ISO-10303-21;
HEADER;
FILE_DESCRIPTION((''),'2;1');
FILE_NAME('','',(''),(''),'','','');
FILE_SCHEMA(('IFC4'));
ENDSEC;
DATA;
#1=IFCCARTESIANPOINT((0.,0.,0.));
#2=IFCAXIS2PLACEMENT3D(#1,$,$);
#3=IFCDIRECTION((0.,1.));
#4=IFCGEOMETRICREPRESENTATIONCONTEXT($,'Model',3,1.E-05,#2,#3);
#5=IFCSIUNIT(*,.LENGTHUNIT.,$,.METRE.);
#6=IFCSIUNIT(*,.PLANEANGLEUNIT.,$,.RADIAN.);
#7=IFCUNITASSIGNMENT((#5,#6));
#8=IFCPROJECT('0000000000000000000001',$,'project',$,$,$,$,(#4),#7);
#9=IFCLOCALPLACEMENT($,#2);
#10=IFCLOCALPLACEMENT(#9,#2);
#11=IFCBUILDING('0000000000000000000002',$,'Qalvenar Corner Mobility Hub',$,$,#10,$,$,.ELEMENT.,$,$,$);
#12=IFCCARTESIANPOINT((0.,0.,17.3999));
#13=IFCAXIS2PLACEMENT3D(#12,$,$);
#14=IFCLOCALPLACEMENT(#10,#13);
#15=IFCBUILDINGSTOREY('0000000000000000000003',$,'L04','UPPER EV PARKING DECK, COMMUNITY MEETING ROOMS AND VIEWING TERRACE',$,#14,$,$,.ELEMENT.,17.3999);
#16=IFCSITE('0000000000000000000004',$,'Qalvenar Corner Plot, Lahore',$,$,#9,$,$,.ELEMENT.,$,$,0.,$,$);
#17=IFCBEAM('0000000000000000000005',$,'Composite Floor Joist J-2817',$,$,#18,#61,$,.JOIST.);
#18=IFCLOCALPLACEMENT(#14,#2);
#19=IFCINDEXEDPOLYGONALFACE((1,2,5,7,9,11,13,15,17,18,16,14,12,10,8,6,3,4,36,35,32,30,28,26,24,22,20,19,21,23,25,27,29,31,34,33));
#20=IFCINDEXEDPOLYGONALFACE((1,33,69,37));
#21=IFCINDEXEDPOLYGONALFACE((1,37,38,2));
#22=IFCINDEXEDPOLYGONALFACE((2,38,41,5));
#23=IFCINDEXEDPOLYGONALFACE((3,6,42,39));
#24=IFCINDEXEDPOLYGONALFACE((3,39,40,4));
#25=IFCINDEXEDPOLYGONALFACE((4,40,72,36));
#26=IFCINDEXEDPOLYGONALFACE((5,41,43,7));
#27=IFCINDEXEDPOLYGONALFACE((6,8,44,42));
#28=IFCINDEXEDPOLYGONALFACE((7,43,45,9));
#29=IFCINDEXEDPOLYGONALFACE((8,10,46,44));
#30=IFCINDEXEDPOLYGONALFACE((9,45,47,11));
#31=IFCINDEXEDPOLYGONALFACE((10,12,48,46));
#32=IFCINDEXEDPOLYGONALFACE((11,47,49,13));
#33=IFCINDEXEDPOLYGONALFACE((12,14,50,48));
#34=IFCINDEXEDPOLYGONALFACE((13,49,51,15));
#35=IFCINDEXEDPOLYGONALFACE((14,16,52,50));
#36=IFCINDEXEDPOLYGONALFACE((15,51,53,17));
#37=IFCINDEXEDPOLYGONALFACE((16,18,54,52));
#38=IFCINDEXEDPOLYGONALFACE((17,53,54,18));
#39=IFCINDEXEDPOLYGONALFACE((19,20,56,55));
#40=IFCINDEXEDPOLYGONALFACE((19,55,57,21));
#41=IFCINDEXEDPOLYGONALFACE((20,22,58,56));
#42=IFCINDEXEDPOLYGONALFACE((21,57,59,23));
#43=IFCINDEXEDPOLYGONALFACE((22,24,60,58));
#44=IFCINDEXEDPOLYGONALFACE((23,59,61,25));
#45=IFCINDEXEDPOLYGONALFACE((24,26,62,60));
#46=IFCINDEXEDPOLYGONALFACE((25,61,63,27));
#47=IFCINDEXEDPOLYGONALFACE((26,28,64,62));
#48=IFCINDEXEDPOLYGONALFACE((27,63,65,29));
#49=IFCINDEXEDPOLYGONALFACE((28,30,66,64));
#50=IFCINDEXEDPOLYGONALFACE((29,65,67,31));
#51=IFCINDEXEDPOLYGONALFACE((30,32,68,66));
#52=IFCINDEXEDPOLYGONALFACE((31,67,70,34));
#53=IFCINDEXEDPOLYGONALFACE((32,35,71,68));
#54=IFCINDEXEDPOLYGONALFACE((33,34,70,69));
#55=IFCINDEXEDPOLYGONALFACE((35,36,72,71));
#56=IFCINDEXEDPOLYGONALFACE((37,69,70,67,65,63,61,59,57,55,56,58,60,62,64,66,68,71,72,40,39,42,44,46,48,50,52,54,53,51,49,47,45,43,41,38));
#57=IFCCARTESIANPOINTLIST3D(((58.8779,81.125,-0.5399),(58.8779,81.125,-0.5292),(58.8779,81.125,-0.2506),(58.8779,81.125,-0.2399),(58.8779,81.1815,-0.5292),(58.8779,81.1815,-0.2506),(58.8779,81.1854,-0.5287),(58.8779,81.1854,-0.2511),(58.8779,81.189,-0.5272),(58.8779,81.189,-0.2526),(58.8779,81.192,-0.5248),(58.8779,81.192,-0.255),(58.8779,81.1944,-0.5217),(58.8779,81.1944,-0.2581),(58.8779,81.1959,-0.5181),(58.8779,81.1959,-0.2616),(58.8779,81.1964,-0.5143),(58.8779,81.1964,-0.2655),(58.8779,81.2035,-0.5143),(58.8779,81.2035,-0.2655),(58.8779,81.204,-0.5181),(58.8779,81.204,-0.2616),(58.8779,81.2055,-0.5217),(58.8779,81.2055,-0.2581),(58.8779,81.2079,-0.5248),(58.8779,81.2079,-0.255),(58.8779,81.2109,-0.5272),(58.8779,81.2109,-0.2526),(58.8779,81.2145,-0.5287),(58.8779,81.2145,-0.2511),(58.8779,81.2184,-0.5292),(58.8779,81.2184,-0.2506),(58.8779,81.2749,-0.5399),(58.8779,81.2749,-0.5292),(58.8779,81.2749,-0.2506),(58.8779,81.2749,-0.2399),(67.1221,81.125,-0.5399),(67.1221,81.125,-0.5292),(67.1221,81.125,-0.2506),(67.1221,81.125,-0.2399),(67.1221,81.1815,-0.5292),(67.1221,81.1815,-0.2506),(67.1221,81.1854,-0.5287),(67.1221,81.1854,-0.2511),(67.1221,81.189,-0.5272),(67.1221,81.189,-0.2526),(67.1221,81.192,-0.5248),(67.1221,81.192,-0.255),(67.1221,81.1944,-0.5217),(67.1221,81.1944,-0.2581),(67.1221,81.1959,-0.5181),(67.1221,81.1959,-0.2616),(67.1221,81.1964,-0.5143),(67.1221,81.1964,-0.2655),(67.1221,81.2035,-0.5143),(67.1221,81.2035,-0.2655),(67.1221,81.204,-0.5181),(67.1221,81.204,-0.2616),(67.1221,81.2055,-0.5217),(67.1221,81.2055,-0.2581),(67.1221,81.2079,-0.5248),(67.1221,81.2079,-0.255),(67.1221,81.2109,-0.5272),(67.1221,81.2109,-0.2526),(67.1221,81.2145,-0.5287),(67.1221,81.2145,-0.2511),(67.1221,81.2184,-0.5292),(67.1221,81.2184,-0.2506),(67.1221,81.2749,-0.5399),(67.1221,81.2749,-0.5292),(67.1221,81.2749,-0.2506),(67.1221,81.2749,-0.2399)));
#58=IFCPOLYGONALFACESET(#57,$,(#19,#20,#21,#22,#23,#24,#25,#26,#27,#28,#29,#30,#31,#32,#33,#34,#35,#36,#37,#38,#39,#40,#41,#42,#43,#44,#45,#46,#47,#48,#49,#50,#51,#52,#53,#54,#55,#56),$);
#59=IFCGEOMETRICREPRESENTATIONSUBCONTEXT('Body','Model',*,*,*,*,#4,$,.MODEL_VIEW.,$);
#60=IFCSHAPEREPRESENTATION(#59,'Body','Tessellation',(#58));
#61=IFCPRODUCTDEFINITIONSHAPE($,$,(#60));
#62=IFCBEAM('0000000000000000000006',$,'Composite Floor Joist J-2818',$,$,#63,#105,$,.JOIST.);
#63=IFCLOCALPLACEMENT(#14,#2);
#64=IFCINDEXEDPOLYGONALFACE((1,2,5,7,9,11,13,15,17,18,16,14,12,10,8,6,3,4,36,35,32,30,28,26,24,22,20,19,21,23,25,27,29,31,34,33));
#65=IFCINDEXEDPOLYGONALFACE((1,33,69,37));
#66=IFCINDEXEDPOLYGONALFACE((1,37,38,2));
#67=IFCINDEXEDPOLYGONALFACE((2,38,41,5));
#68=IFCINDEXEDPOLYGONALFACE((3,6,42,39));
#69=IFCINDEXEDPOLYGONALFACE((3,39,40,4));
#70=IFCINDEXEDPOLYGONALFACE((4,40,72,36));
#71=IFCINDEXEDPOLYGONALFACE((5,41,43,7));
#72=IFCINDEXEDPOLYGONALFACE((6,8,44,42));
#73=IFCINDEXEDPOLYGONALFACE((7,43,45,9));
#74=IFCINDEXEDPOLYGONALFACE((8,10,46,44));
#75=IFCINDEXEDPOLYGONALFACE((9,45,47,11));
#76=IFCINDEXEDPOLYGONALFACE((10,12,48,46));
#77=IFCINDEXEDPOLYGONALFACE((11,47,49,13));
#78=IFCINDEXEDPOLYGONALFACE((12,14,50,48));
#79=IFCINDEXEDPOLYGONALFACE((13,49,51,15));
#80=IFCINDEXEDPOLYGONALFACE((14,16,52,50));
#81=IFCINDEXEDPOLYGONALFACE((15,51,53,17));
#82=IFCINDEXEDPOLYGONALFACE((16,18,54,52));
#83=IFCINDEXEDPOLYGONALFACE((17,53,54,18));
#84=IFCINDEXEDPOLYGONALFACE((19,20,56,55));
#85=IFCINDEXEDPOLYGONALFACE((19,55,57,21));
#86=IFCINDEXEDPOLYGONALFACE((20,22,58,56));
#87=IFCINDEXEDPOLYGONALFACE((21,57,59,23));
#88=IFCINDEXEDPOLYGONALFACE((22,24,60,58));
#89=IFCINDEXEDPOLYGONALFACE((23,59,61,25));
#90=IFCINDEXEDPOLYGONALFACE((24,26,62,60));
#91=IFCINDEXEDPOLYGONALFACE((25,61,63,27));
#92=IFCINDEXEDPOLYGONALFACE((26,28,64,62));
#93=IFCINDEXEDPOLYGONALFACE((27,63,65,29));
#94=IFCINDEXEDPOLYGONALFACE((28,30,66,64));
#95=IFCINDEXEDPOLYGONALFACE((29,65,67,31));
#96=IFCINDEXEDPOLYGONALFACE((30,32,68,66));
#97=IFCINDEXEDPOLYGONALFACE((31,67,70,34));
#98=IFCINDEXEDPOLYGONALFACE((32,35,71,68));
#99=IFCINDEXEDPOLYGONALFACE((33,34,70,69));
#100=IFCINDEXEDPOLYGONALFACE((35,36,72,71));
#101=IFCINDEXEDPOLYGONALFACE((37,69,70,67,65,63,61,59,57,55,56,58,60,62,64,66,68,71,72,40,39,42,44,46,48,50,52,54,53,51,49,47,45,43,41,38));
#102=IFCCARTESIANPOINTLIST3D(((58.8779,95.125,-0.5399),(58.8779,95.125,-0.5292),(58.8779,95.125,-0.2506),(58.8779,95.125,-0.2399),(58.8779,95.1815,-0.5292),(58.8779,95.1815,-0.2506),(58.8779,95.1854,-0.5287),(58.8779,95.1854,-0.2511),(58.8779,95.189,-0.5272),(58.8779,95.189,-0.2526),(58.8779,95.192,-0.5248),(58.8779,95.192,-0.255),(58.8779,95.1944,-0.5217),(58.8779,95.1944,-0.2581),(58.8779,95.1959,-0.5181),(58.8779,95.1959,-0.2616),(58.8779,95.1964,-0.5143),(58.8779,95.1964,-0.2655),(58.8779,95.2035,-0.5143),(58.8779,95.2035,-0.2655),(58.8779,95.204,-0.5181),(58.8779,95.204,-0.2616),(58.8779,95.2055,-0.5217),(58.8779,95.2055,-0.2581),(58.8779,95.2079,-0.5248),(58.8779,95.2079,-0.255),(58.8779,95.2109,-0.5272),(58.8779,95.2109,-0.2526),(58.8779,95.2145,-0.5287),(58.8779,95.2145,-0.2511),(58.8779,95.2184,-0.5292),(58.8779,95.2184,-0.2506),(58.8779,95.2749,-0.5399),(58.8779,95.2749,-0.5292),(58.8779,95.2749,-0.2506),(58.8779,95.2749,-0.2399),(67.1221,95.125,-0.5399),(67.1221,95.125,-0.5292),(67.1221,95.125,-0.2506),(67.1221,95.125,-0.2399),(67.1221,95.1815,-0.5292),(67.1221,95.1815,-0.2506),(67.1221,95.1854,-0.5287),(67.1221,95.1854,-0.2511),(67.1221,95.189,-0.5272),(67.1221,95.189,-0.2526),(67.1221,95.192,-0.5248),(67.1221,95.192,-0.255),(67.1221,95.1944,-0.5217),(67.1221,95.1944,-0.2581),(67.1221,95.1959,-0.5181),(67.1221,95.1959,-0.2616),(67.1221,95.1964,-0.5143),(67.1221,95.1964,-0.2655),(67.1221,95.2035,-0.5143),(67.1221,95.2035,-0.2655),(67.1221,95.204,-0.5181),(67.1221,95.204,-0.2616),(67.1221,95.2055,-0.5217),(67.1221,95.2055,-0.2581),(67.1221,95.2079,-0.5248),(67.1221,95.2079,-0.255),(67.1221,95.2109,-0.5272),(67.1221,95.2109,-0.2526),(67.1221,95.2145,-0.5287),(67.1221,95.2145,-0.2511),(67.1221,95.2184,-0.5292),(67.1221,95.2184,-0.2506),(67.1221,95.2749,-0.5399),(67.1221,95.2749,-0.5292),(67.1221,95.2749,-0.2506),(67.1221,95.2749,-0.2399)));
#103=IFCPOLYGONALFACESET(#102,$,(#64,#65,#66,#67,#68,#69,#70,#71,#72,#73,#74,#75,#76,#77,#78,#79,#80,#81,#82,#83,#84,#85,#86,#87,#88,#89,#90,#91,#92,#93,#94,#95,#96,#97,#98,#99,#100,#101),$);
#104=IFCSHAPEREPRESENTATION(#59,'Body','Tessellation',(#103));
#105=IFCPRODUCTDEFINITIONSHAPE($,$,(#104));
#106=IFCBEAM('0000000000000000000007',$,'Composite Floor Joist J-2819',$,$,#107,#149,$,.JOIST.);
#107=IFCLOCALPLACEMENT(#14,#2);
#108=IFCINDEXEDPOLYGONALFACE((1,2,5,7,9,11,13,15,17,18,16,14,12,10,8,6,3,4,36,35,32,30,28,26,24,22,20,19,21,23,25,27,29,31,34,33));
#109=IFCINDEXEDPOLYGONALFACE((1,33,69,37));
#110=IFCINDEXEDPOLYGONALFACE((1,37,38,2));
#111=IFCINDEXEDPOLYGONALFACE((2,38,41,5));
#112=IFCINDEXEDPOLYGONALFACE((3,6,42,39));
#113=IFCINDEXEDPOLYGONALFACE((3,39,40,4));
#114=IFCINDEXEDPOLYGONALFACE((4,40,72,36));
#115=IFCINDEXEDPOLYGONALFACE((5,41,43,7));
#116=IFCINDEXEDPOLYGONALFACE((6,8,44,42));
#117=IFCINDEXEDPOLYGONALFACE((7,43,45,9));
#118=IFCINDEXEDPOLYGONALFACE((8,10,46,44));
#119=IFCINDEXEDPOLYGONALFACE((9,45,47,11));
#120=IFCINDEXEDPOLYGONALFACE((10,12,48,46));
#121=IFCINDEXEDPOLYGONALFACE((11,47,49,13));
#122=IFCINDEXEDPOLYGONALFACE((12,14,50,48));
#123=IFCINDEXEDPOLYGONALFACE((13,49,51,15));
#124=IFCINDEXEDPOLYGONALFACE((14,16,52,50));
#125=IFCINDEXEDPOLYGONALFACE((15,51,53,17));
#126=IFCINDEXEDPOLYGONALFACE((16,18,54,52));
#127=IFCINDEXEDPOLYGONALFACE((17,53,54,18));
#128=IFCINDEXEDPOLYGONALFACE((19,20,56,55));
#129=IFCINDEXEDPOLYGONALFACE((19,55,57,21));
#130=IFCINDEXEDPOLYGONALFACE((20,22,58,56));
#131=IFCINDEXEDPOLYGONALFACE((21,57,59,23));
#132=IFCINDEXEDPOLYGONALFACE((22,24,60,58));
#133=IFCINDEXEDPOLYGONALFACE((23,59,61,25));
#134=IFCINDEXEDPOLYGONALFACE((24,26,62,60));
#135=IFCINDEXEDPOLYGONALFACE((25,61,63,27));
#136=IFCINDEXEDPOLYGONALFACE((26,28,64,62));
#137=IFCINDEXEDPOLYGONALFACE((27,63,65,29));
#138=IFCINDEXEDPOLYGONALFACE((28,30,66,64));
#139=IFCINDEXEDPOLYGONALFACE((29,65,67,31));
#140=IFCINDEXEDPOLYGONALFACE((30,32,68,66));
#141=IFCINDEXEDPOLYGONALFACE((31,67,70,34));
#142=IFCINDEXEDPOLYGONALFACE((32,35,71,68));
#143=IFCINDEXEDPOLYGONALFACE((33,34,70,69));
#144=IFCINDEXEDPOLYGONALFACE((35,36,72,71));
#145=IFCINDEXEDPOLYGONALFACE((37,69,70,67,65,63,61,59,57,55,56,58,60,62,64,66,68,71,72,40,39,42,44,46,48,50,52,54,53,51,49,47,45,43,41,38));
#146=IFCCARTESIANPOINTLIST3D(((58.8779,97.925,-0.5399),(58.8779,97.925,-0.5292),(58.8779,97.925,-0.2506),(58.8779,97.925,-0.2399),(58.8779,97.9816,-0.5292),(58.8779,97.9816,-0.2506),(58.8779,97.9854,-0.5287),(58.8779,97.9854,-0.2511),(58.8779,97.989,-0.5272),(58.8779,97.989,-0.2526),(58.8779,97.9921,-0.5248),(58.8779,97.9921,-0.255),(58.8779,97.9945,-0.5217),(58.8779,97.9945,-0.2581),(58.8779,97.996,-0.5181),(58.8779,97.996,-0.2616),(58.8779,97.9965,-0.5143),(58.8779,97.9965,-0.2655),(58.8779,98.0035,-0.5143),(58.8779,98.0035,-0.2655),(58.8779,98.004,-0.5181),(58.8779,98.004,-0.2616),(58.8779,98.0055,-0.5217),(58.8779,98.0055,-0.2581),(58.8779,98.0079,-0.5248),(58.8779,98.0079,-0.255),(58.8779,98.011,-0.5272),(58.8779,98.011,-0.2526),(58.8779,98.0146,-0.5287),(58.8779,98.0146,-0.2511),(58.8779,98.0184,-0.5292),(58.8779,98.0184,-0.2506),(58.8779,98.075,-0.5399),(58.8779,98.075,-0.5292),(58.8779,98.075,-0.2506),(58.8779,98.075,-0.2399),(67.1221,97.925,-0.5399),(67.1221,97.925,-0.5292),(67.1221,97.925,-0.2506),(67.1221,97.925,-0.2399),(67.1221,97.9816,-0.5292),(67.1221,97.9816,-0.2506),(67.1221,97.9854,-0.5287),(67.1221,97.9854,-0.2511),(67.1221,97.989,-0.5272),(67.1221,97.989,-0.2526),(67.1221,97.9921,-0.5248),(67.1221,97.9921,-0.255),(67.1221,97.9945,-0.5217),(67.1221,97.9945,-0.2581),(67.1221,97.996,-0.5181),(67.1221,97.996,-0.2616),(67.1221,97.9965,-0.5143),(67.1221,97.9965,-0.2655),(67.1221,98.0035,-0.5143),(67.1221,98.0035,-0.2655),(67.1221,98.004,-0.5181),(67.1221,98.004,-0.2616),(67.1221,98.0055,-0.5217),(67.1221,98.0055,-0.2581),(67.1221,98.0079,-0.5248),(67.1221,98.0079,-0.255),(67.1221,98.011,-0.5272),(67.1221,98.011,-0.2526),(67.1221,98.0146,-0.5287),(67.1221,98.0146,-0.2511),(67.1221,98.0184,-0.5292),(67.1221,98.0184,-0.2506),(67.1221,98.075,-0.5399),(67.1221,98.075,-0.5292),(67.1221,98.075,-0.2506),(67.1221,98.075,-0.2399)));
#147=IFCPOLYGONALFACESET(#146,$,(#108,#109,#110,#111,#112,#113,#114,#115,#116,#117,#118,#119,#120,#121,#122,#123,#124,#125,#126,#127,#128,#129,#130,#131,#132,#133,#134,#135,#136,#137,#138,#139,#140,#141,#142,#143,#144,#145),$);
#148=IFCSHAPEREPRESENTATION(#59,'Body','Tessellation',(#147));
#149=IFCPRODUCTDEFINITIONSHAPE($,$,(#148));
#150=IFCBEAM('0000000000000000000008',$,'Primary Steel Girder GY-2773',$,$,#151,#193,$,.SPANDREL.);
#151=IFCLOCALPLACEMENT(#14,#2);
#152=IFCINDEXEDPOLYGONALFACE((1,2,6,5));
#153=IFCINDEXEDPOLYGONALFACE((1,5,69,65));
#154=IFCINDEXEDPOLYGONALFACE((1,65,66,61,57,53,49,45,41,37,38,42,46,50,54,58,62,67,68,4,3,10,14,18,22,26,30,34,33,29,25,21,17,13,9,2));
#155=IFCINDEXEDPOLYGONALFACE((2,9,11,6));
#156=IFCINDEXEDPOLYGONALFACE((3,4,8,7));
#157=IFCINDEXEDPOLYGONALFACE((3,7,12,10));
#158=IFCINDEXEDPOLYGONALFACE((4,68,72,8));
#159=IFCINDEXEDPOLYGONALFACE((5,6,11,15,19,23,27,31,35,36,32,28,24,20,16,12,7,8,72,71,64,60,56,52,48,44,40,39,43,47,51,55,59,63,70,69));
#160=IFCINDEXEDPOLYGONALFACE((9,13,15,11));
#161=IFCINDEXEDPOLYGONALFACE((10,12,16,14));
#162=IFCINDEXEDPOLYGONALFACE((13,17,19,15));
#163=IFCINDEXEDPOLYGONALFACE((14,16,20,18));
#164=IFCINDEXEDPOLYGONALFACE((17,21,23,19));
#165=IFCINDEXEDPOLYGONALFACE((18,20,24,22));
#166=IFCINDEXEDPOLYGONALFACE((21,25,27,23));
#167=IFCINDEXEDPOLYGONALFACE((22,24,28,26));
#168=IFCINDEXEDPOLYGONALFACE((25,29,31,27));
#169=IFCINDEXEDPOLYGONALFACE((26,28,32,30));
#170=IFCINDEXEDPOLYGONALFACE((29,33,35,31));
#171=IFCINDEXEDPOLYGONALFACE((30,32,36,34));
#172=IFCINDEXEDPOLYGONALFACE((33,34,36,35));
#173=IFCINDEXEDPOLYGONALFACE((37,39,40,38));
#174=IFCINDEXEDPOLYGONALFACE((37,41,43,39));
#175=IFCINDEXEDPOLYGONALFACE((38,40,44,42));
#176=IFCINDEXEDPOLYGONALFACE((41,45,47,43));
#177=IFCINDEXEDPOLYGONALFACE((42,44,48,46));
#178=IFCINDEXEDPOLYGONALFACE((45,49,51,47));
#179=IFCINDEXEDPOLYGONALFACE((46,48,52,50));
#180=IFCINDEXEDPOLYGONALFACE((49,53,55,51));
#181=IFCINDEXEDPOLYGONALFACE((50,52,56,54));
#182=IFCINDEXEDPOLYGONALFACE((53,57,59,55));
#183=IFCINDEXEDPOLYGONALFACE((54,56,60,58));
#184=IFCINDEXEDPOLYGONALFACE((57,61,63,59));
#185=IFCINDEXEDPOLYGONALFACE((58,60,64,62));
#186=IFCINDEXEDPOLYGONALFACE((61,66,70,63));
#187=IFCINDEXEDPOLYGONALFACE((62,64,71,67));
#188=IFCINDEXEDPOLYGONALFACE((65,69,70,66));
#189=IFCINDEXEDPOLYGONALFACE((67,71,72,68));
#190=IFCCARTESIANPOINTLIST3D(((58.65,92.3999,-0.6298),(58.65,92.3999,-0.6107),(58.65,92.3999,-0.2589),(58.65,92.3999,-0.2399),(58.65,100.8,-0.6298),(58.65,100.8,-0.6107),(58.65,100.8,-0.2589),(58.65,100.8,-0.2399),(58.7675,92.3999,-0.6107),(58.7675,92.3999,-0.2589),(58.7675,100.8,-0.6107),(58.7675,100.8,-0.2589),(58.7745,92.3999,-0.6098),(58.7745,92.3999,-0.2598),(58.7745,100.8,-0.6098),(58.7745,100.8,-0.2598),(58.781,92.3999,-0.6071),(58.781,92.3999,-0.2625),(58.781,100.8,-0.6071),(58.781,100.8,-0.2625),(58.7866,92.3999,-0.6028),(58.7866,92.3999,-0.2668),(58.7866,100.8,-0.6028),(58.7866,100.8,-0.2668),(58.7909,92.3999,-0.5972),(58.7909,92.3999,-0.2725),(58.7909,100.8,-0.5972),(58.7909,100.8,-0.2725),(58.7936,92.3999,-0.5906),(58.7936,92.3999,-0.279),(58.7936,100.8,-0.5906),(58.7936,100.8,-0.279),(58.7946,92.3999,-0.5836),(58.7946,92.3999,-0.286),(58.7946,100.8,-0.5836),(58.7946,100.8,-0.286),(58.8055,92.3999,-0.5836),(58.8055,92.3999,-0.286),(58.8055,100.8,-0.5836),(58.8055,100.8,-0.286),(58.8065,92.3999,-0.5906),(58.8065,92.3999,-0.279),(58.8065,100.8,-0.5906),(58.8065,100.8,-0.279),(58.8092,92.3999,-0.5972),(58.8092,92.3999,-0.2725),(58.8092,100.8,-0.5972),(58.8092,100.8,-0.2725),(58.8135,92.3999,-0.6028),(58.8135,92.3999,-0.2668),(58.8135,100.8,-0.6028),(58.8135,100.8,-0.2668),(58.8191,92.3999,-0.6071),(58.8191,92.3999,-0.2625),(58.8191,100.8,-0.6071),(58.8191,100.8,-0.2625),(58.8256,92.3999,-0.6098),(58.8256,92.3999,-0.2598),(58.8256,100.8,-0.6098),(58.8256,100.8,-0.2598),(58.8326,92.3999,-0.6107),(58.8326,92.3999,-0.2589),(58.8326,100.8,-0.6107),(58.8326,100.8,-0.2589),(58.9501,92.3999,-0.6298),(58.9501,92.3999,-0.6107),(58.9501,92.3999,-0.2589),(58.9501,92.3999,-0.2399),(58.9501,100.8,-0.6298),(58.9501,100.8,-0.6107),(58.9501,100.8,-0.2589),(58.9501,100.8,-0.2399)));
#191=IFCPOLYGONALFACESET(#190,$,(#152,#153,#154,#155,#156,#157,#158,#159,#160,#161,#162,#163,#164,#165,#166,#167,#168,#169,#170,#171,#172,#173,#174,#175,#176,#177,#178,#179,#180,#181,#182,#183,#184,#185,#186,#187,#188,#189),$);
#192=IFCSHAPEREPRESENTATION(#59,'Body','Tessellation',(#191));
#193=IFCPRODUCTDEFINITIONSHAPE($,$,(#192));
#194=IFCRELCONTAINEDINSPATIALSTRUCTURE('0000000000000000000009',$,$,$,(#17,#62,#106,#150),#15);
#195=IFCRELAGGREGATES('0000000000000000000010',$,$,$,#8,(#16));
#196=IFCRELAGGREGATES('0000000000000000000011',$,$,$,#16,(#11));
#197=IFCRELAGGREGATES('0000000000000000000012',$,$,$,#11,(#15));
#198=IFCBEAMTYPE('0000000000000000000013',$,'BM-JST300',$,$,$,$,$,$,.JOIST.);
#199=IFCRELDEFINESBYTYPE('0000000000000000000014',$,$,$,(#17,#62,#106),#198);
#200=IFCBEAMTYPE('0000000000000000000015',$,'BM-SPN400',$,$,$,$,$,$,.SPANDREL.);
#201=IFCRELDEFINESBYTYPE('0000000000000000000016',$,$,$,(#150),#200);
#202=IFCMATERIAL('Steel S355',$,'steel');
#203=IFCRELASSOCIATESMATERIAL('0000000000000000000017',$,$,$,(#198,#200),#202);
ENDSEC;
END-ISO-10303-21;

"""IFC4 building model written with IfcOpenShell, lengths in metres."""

from ifc_helpers import new_model, si_unit, direction, frame, origin, origin_2d, place, context, subcontext, project, spatial, i_section, extrude, material, material_profile, profile_set, type_object, element, save


model = new_model("IFC4")

# Units and contexts
model_context = context("Model", 3, precision=1e-05, world=origin(), true_north=direction((0.0, 1.0)))
body_context = subcontext(model_context, "Body", "Model", "MODEL_VIEW")
ifc_project = project(units=[si_unit("LENGTHUNIT", "METRE"), si_unit("PLANEANGLEUNIT", "RADIAN")], contexts=[model_context])

# Site, building, storey
site_placement = place(None, origin())
site = spatial("IfcSite", under=ifc_project, at=site_placement, Name="Qalvenar Corner Plot, Lahore", CompositionType="ELEMENT", RefElevation=0.0)
building_placement = place(site_placement, origin())
building = spatial("IfcBuilding", under=site, at=building_placement, Name="Qalvenar Corner Mobility Hub", CompositionType="ELEMENT")
storey_placement = place(building_placement, frame((0.0, 0.0, 17.3999)))
storey = spatial("IfcBuildingStorey", under=building, at=storey_placement, Name="L04", Description="UPPER EV PARKING DECK, COMMUNITY MEETING ROOMS AND VIEWING TERRACE", CompositionType="ELEMENT", Elevation=17.3999)

# Shared definitions
ifc_material_1 = material(Name="Steel S355", Category="steel")

# Beams
ifc_material_profile_1 = material_profile(ifc_material_1, i_section(OverallWidth=0.1499, OverallDepth=0.3, WebThickness=0.0071, FlangeThickness=0.0107, FilletRadius=0.0149, at=origin_2d()), Name="IPE300")
ifc_profile_set_1 = profile_set([ifc_material_profile_1], Name="Steel S355")
beam_type_1 = type_object("IfcBeamType", Name="BM-JST300", PredefinedType="JOIST", material=ifc_profile_set_1)
for number, where, z_axis, x_axis, name in (
    (1, (58.8779, 81.2, -0.3899), (1.0, 0.0, 0.0), (0.0, 1.0, 0.0), "Composite Floor Joist J-2817"),
    (2, (58.8779, 95.2, -0.3899), (1.0, 0.0, 0.0), (0.0, 1.0, 0.0), "Composite Floor Joist J-2818"),
    (3, (58.8779, 98.0, -0.3899), (1.0, 0.0, 0.0), (0.0, 1.0, 0.0), "Composite Floor Joist J-2819"),
):
    element("IfcBeam", number, at=place(storey_placement, frame(where, z_axis=z_axis, x_axis=x_axis)), inside=storey, type_object=beam_type_1, Name=name, PredefinedType="JOIST", context=body_context, shape_type="SweptSolid", body=[
        extrude(i_section(OverallWidth=0.1499, OverallDepth=0.3, WebThickness=0.0071, FlangeThickness=0.0107, FilletRadius=0.0149, at=origin_2d()), origin(), (0.0, 0.0, 1.0), 8.2441),
    ])
ifc_material_profile_2 = material_profile(ifc_material_1, i_section(OverallWidth=0.3, OverallDepth=0.3899, WebThickness=0.011, FlangeThickness=0.019, FilletRadius=0.0271, at=origin_2d()), Name="HEA400")
ifc_profile_set_2 = profile_set([ifc_material_profile_2], Name="Steel S355")
beam_type_2 = type_object("IfcBeamType", Name="BM-SPN400", PredefinedType="SPANDREL", material=ifc_profile_set_2)
beam_1_placement = place(storey_placement, frame((58.8, 92.3999, -0.4348), z_axis=(0.0, 1.0, 0.0), x_axis=(-1.0, 0.0, 0.0)))
element("IfcBeam", 4, at=beam_1_placement, inside=storey, type_object=beam_type_2, Name="Primary Steel Girder GY-2773", PredefinedType="SPANDREL", context=body_context, shape_type="SweptSolid", body=[
    extrude(i_section(OverallWidth=0.3, OverallDepth=0.3899, WebThickness=0.011, FlangeThickness=0.019, FilletRadius=0.0271, at=origin_2d()), origin(), (0.0, 0.0, 1.0), 8.4001),
])

save(model, "model.ifc")
